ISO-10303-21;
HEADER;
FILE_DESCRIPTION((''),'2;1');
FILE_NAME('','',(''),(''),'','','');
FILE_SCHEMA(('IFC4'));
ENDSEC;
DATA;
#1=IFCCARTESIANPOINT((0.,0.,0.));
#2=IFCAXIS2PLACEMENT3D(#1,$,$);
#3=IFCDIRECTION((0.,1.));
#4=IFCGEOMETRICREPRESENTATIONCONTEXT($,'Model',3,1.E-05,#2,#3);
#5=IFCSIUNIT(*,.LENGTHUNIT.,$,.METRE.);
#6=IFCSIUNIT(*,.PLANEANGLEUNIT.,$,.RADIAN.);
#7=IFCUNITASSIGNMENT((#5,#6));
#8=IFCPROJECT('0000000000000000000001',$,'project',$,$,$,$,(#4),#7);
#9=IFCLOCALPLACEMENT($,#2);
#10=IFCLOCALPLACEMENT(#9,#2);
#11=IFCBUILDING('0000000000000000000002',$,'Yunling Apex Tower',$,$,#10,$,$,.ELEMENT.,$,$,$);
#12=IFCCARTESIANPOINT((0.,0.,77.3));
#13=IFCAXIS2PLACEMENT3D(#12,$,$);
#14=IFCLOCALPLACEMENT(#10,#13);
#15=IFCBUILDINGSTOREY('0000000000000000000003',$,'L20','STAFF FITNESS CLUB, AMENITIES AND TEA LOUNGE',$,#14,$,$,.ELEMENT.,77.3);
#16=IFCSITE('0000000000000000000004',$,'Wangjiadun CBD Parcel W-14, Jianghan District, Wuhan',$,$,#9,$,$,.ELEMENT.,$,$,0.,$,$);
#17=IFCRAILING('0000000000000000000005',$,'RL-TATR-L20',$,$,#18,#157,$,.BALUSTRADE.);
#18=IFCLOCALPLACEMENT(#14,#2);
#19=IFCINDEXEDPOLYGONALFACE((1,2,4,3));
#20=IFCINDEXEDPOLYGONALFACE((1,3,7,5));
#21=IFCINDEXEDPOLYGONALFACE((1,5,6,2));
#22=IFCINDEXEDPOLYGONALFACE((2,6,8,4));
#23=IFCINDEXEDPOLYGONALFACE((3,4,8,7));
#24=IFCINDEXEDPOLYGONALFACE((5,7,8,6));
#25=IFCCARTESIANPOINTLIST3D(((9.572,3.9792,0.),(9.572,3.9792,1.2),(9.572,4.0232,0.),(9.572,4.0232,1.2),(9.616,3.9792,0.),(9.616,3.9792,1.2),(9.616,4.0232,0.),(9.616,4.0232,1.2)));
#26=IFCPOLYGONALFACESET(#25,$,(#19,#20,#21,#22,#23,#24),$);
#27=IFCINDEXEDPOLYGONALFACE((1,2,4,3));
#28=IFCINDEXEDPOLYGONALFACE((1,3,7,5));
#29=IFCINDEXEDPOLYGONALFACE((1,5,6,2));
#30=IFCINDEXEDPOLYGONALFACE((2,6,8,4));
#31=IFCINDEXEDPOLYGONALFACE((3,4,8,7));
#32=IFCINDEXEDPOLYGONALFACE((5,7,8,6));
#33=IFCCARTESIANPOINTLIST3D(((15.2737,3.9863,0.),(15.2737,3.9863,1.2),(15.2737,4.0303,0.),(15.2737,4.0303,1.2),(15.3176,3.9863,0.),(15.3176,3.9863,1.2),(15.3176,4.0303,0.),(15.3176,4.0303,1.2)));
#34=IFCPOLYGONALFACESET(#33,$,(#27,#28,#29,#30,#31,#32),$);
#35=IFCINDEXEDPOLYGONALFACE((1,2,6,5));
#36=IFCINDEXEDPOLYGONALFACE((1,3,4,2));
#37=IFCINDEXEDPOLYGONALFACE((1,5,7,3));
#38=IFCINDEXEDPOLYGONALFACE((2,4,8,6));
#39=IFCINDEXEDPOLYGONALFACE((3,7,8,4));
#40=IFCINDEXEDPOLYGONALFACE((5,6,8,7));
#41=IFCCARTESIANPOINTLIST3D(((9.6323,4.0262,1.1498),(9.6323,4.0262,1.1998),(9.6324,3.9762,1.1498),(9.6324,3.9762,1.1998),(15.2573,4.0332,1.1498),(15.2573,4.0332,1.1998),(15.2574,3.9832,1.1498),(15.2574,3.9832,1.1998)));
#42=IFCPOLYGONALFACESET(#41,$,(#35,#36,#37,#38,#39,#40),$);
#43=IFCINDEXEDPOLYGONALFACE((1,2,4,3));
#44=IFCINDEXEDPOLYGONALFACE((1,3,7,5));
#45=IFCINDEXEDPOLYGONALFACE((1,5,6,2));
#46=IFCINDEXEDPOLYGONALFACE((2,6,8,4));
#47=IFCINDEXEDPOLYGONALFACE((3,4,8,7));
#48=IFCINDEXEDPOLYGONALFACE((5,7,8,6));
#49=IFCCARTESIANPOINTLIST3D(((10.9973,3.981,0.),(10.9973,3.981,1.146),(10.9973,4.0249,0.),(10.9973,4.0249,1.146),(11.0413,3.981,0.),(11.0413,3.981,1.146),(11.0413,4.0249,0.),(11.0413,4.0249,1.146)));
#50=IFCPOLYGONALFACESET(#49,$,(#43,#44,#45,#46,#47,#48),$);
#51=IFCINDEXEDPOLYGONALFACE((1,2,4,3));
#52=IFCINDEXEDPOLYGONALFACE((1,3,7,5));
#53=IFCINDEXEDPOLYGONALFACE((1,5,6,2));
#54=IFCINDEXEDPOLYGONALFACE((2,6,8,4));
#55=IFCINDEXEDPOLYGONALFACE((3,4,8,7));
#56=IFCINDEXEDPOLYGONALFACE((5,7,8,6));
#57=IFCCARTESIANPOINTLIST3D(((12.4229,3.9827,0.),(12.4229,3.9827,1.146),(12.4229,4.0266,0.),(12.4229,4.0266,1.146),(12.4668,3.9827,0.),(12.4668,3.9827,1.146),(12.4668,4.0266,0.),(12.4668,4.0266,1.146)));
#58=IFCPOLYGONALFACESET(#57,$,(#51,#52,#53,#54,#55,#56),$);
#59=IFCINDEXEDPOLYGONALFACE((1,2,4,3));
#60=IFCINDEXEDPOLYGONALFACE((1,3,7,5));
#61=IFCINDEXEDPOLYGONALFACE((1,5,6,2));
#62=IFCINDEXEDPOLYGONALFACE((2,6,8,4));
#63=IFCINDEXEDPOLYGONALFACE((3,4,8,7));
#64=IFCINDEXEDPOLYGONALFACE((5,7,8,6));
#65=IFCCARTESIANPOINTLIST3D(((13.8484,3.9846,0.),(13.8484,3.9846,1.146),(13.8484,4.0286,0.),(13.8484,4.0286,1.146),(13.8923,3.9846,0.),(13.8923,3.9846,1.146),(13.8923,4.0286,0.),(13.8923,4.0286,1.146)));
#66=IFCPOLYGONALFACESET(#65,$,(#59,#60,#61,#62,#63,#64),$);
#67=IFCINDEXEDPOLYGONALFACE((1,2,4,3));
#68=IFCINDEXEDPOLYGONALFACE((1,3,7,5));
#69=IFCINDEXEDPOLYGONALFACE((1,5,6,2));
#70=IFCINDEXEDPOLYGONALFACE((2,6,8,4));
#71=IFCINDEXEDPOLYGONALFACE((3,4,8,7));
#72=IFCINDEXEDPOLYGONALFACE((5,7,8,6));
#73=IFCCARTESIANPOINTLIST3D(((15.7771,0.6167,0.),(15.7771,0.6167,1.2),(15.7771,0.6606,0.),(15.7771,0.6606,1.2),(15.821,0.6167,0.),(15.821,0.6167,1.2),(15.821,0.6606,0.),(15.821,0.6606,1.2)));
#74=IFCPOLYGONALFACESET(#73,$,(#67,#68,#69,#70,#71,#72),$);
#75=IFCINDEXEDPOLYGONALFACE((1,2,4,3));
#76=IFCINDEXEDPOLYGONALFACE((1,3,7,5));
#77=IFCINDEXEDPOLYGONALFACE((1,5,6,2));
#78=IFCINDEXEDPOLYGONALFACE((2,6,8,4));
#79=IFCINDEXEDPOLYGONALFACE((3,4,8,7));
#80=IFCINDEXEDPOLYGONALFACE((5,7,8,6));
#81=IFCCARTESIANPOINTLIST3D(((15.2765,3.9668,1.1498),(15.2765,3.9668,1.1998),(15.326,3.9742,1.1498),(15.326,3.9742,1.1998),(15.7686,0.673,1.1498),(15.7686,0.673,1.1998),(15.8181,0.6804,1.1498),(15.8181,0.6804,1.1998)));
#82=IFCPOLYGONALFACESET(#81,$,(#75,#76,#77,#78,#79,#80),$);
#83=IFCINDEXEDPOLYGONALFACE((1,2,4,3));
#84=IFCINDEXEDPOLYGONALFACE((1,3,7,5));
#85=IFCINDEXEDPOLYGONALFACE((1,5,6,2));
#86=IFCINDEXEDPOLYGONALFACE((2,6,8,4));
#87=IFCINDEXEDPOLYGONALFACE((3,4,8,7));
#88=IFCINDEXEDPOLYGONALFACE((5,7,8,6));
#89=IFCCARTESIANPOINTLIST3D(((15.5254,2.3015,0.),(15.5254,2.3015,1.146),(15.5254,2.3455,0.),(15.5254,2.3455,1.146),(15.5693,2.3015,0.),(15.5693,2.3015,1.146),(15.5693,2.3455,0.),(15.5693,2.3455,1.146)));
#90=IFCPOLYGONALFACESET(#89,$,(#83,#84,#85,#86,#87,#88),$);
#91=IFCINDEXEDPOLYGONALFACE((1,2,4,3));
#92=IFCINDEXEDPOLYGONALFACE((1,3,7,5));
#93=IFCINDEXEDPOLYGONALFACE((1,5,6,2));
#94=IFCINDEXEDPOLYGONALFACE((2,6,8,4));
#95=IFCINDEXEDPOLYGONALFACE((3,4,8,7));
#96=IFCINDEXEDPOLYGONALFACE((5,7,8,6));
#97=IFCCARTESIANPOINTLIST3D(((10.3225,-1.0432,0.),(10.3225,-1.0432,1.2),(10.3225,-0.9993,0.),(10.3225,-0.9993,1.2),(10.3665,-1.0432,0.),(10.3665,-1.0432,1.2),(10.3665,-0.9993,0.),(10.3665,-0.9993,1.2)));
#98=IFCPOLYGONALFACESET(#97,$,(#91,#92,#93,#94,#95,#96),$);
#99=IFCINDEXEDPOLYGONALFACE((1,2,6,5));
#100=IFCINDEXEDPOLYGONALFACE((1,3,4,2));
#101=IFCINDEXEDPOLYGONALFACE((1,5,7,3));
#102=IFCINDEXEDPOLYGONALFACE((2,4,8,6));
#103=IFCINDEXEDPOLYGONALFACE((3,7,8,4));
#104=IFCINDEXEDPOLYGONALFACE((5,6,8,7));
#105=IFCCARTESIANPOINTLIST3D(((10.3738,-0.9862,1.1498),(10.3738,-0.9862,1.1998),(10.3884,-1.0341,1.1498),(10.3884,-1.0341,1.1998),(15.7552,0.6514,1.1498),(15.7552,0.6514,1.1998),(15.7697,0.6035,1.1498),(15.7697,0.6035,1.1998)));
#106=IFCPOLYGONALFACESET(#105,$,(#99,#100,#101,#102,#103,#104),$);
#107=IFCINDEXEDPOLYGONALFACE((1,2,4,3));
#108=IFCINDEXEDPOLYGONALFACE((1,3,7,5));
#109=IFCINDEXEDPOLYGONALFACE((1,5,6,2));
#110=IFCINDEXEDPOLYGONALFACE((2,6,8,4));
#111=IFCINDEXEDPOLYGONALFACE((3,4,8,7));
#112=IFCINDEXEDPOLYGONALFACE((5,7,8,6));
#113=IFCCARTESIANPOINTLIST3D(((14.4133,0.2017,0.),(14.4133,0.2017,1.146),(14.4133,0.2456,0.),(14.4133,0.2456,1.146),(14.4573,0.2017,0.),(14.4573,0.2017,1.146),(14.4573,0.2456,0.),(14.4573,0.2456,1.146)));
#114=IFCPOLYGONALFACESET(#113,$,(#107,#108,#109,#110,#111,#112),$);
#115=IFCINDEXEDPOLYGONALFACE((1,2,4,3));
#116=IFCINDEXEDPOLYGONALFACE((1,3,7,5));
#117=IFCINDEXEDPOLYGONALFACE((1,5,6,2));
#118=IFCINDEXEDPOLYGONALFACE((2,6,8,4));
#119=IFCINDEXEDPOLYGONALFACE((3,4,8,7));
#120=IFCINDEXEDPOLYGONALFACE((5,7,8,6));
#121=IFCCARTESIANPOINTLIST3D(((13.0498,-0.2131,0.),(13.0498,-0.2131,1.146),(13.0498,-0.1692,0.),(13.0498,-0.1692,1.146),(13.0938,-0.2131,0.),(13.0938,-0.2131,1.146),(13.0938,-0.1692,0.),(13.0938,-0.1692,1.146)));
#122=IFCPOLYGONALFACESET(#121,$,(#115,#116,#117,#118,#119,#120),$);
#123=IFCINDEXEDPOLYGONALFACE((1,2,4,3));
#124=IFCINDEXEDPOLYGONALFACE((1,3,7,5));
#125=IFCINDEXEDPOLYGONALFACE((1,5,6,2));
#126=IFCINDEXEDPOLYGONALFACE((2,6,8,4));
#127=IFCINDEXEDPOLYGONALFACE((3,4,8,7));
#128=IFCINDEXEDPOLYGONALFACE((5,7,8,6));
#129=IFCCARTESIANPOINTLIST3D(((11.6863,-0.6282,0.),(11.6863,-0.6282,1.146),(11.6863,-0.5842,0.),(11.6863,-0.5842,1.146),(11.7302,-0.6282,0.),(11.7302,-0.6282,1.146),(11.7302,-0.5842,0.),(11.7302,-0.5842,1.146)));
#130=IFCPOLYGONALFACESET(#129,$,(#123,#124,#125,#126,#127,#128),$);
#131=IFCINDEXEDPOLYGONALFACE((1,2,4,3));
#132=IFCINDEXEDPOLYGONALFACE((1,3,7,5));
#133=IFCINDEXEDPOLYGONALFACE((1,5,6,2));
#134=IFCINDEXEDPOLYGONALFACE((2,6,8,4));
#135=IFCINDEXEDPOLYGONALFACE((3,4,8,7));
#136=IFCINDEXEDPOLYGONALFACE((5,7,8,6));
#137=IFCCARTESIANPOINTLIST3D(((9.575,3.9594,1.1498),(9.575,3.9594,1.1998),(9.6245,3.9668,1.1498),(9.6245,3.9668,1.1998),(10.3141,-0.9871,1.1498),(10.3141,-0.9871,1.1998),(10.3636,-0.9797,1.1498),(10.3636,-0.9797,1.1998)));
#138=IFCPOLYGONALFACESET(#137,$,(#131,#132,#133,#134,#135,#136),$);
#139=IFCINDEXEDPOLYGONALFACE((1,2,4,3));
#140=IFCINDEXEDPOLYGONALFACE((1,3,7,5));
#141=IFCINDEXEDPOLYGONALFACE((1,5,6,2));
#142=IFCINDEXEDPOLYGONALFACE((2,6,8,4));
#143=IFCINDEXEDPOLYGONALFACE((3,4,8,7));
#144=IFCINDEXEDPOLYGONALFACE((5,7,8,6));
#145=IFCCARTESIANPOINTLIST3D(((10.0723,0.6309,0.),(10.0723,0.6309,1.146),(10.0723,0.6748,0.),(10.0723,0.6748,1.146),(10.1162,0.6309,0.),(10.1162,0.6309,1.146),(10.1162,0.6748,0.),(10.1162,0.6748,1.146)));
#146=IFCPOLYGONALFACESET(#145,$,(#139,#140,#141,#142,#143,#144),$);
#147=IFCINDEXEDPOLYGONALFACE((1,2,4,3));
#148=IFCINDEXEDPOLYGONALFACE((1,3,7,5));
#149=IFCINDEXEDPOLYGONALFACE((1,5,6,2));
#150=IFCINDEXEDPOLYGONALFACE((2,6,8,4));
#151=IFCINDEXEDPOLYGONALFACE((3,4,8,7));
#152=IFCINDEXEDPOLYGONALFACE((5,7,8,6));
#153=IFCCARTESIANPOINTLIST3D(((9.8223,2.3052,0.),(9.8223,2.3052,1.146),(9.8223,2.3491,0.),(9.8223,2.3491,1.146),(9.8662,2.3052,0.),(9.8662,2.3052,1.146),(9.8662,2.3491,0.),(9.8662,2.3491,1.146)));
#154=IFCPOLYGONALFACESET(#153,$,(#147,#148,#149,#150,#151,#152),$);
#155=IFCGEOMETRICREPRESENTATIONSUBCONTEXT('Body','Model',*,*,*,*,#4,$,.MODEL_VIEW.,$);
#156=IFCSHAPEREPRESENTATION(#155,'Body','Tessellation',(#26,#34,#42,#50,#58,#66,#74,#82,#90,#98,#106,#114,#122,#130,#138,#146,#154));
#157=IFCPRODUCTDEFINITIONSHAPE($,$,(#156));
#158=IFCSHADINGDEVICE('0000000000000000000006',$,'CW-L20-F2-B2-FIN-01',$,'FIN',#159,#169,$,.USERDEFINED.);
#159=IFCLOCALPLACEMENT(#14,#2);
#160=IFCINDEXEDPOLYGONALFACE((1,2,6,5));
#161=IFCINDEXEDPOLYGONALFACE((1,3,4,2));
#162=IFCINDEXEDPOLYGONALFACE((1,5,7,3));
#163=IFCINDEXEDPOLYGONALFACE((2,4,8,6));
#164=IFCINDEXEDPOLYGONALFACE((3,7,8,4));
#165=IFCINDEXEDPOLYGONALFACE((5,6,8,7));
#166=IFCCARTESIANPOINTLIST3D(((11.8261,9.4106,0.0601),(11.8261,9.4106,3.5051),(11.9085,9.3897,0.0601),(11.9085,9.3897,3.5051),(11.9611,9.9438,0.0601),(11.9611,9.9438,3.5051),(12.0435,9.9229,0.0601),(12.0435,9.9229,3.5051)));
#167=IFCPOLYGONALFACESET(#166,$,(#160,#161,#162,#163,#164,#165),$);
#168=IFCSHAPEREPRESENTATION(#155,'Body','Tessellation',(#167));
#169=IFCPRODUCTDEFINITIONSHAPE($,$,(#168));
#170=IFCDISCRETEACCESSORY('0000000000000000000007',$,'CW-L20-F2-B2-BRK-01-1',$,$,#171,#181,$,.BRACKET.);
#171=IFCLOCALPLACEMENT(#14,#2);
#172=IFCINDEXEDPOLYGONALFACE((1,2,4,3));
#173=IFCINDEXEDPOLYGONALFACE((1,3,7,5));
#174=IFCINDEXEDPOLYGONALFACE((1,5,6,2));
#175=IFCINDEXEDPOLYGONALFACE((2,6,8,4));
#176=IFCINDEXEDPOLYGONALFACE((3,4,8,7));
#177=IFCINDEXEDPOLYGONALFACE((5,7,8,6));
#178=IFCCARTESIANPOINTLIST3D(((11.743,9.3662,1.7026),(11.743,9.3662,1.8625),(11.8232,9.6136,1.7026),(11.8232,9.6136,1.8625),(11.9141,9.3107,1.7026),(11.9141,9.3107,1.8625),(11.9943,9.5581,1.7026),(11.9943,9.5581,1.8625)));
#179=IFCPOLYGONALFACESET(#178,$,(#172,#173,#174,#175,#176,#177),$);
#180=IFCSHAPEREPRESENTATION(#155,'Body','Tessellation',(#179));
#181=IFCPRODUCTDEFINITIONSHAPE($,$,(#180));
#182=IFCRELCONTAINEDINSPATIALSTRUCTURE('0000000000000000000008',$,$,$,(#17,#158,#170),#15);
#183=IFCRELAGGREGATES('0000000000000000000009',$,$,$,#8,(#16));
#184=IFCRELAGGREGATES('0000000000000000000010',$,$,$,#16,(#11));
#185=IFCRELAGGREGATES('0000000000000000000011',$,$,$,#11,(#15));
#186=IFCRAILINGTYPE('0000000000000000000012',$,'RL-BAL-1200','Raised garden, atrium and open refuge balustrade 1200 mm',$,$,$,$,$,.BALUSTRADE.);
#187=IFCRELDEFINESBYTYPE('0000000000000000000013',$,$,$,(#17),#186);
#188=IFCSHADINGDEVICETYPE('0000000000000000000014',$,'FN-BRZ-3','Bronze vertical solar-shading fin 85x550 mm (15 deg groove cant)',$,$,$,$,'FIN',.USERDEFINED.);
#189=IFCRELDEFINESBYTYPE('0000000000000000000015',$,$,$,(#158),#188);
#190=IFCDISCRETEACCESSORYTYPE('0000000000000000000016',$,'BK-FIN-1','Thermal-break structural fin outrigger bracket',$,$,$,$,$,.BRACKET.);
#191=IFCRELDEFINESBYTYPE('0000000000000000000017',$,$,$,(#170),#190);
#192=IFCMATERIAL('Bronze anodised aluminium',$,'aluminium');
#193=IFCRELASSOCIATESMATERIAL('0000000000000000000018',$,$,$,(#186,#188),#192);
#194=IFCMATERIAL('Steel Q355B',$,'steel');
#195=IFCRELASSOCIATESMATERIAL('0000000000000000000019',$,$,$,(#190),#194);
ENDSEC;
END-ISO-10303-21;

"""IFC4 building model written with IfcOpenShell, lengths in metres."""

from ifc_helpers import new_model, si_unit, direction, frame, origin, origin_2d, place, context, subcontext, project, spatial, rectangle, extrude, source, transform, mapped, material, material_profile, profile_set, type_object, element, save


model = new_model("IFC4")

# Units and contexts
model_context = context("Model", 3, precision=1e-05, world=origin(), true_north=direction((0.0, 1.0)))
body_context = subcontext(model_context, "Body", "Model", "MODEL_VIEW")
ifc_project = project(units=[si_unit("LENGTHUNIT", "METRE"), si_unit("PLANEANGLEUNIT", "RADIAN")], contexts=[model_context])

# Site, building, storey
site_placement = place(None, origin())
site = spatial("IfcSite", under=ifc_project, at=site_placement, Name="Wangjiadun CBD Parcel W-14, Jianghan District, Wuhan", CompositionType="ELEMENT", RefElevation=0.0)
building_placement = place(site_placement, origin())
building = spatial("IfcBuilding", under=site, at=building_placement, Name="Yunling Apex Tower", CompositionType="ELEMENT")
storey_placement = place(building_placement, frame((0.0, 0.0, 77.3)))
storey = spatial("IfcBuildingStorey", under=building, at=storey_placement, Name="L20", Description="STAFF FITNESS CLUB, AMENITIES AND TEA LOUNGE", CompositionType="ELEMENT", Elevation=77.3)

# Shared definitions
ifc_material_1 = material(Name="Steel Q355B", Category="steel")

# Shared definitions
ifc_material_2 = material(Name="Bronze anodised aluminium", Category="aluminium")

# Railing
railing_type = type_object("IfcRailingType", Name="RL-BAL-1200", Description="Raised garden, atrium and open refuge balustrade 1200 mm", PredefinedType="BALUSTRADE", material=ifc_material_2)
railing_placement = place(storey_placement, frame((9.594, 4.0012, 0.0)))
element("IfcRailing", 1, at=railing_placement, inside=storey, type_object=railing_type, Name="RL-TATR-L20", PredefinedType="BALUSTRADE", context=body_context, shape_type="SweptSolid", body=[
    extrude(rectangle(XDim=0.0439, YDim=0.0439, at=origin_2d()), origin(), (0.0, 0.0, 1.0), 1.2),
    extrude(rectangle(XDim=0.0439, YDim=0.0439, at=origin_2d()), frame((5.7017, 0.0071, 0.0)), (0.0, 0.0, 1.0), 1.2),
    extrude(rectangle(XDim=0.05, YDim=0.05, at=origin_2d()), frame((0.0383, 0.0, 1.1748), z_axis=(0.999999, 0.001242, 0.0), x_axis=(-0.001242, 0.999999, 0.0)), (0.0, 0.0, 1.0), 5.625),
    extrude(rectangle(XDim=0.0439, YDim=0.0439, at=origin_2d()), frame((1.4253, 0.0017, 0.0)), (0.0, 0.0, 1.0), 1.146),
    extrude(rectangle(XDim=0.0439, YDim=0.0439, at=origin_2d()), frame((2.8508, 0.0034, 0.0)), (0.0, 0.0, 1.0), 1.146),
    extrude(rectangle(XDim=0.0439, YDim=0.0439, at=origin_2d()), frame((4.2764, 0.0054, 0.0)), (0.0, 0.0, 1.0), 1.146),
    extrude(rectangle(XDim=0.0439, YDim=0.0439, at=origin_2d()), frame((6.2051, -3.3625, 0.0)), (0.0, 0.0, 1.0), 1.2),
    extrude(rectangle(XDim=0.05, YDim=0.05, at=origin_2d()), frame((5.7073, -0.0308, 1.1748), z_axis=(0.147759, -0.989023, 0.0), x_axis=(0.989023, 0.147759, 0.0)), (0.0, 0.0, 1.0), 3.3303),
    extrude(rectangle(XDim=0.0439, YDim=0.0439, at=origin_2d()), frame((5.9534, -1.6777, 0.0)), (0.0, 0.0, 1.0), 1.146),
    extrude(rectangle(XDim=0.0439, YDim=0.0439, at=origin_2d()), frame((0.7505, -5.0225, 0.0)), (0.0, 0.0, 1.0), 1.2),
    extrude(rectangle(XDim=0.05, YDim=0.05, at=origin_2d()), frame((6.1685, -3.3738, 1.1748), z_axis=(-0.956683, -0.291133, 0.0), x_axis=(0.291133, -0.956683, 0.0)), (0.0, 0.0, 1.0), 5.625),
    extrude(rectangle(XDim=0.0439, YDim=0.0439, at=origin_2d()), frame((4.8413, -3.7776, 0.0)), (0.0, 0.0, 1.0), 1.146),
    extrude(rectangle(XDim=0.0439, YDim=0.0439, at=origin_2d()), frame((3.4778, -4.1924, 0.0)), (0.0, 0.0, 1.0), 1.146),
    extrude(rectangle(XDim=0.0439, YDim=0.0439, at=origin_2d()), frame((2.1143, -4.6074, 0.0)), (0.0, 0.0, 1.0), 1.146),
    extrude(rectangle(XDim=0.05, YDim=0.05, at=origin_2d()), frame((0.7449, -4.9846, 1.1748), z_axis=(-0.147786, 0.989019, 0.0), x_axis=(-0.989019, -0.147786, 0.0)), (0.0, 0.0, 1.0), 5.0015),
    extrude(rectangle(XDim=0.0439, YDim=0.0439, at=origin_2d()), frame((0.5002, -3.3484, 0.0)), (0.0, 0.0, 1.0), 1.146),
    extrude(rectangle(XDim=0.0439, YDim=0.0439, at=origin_2d()), frame((0.2502, -1.6741, 0.0)), (0.0, 0.0, 1.0), 1.146),
])

# Shading device
ifc_material_profile_1 = material_profile(ifc_material_2, rectangle(XDim=0.085, YDim=0.55, at=origin_2d()))
ifc_profile_set_1 = profile_set([ifc_material_profile_1], Name="Bronze anodised aluminium")
shading_device_type = type_object("IfcShadingDeviceType", Name="FN-BRZ-3", Description="Bronze vertical solar-shading fin 85x550 mm (15 deg groove cant)", ElementType="FIN", PredefinedType="USERDEFINED", material=ifc_profile_set_1)
shared_shape_1 = source(origin(), body_context, "Body", "SweptSolid", [
    extrude(rectangle(XDim=0.085, YDim=0.55, at=origin_2d()), origin(), (0.0, 0.0, 1.0), 3.4451),
])
shading_device_placement = place(storey_placement, frame((11.9348, 9.6667, 0.0601), z_axis=(0.0, 0.0, 1.0), x_axis=(-0.969403, 0.245477, 0.0)))
element("IfcShadingDevice", 2, at=shading_device_placement, inside=storey, type_object=shading_device_type, Name="CW-L20-F2-B2-FIN-01", ObjectType="FIN", PredefinedType="USERDEFINED", context=body_context, shape_type="MappedRepresentation", body=[
    mapped(shared_shape_1, transform((0.0, 0.0, 0.0), scale=1.0)),
])

# Discrete accessory
discrete_accessory_type = type_object("IfcDiscreteAccessoryType", Name="BK-FIN-1", Description="Thermal-break structural fin outrigger bracket", PredefinedType="BRACKET", material=ifc_material_1)
shared_shape_2 = source(origin(), body_context, "Body", "SweptSolid", [
    extrude(rectangle(XDim=0.1799, YDim=0.26, at=origin_2d()), origin(), (0.0, 0.0, 1.0), 0.1599),
])
discrete_accessory_placement = place(storey_placement, frame((11.8687, 9.4622, 1.7026), z_axis=(0.0, 0.0, 1.0), x_axis=(-0.951272, 0.308353, 0.0)))
element("IfcDiscreteAccessory", 3, at=discrete_accessory_placement, inside=storey, type_object=discrete_accessory_type, Name="CW-L20-F2-B2-BRK-01-1", PredefinedType="BRACKET", context=body_context, shape_type="MappedRepresentation", body=[
    mapped(shared_shape_2, transform((0.0, 0.0, 0.0), scale=1.0)),
])

save(model, "model.ifc")
